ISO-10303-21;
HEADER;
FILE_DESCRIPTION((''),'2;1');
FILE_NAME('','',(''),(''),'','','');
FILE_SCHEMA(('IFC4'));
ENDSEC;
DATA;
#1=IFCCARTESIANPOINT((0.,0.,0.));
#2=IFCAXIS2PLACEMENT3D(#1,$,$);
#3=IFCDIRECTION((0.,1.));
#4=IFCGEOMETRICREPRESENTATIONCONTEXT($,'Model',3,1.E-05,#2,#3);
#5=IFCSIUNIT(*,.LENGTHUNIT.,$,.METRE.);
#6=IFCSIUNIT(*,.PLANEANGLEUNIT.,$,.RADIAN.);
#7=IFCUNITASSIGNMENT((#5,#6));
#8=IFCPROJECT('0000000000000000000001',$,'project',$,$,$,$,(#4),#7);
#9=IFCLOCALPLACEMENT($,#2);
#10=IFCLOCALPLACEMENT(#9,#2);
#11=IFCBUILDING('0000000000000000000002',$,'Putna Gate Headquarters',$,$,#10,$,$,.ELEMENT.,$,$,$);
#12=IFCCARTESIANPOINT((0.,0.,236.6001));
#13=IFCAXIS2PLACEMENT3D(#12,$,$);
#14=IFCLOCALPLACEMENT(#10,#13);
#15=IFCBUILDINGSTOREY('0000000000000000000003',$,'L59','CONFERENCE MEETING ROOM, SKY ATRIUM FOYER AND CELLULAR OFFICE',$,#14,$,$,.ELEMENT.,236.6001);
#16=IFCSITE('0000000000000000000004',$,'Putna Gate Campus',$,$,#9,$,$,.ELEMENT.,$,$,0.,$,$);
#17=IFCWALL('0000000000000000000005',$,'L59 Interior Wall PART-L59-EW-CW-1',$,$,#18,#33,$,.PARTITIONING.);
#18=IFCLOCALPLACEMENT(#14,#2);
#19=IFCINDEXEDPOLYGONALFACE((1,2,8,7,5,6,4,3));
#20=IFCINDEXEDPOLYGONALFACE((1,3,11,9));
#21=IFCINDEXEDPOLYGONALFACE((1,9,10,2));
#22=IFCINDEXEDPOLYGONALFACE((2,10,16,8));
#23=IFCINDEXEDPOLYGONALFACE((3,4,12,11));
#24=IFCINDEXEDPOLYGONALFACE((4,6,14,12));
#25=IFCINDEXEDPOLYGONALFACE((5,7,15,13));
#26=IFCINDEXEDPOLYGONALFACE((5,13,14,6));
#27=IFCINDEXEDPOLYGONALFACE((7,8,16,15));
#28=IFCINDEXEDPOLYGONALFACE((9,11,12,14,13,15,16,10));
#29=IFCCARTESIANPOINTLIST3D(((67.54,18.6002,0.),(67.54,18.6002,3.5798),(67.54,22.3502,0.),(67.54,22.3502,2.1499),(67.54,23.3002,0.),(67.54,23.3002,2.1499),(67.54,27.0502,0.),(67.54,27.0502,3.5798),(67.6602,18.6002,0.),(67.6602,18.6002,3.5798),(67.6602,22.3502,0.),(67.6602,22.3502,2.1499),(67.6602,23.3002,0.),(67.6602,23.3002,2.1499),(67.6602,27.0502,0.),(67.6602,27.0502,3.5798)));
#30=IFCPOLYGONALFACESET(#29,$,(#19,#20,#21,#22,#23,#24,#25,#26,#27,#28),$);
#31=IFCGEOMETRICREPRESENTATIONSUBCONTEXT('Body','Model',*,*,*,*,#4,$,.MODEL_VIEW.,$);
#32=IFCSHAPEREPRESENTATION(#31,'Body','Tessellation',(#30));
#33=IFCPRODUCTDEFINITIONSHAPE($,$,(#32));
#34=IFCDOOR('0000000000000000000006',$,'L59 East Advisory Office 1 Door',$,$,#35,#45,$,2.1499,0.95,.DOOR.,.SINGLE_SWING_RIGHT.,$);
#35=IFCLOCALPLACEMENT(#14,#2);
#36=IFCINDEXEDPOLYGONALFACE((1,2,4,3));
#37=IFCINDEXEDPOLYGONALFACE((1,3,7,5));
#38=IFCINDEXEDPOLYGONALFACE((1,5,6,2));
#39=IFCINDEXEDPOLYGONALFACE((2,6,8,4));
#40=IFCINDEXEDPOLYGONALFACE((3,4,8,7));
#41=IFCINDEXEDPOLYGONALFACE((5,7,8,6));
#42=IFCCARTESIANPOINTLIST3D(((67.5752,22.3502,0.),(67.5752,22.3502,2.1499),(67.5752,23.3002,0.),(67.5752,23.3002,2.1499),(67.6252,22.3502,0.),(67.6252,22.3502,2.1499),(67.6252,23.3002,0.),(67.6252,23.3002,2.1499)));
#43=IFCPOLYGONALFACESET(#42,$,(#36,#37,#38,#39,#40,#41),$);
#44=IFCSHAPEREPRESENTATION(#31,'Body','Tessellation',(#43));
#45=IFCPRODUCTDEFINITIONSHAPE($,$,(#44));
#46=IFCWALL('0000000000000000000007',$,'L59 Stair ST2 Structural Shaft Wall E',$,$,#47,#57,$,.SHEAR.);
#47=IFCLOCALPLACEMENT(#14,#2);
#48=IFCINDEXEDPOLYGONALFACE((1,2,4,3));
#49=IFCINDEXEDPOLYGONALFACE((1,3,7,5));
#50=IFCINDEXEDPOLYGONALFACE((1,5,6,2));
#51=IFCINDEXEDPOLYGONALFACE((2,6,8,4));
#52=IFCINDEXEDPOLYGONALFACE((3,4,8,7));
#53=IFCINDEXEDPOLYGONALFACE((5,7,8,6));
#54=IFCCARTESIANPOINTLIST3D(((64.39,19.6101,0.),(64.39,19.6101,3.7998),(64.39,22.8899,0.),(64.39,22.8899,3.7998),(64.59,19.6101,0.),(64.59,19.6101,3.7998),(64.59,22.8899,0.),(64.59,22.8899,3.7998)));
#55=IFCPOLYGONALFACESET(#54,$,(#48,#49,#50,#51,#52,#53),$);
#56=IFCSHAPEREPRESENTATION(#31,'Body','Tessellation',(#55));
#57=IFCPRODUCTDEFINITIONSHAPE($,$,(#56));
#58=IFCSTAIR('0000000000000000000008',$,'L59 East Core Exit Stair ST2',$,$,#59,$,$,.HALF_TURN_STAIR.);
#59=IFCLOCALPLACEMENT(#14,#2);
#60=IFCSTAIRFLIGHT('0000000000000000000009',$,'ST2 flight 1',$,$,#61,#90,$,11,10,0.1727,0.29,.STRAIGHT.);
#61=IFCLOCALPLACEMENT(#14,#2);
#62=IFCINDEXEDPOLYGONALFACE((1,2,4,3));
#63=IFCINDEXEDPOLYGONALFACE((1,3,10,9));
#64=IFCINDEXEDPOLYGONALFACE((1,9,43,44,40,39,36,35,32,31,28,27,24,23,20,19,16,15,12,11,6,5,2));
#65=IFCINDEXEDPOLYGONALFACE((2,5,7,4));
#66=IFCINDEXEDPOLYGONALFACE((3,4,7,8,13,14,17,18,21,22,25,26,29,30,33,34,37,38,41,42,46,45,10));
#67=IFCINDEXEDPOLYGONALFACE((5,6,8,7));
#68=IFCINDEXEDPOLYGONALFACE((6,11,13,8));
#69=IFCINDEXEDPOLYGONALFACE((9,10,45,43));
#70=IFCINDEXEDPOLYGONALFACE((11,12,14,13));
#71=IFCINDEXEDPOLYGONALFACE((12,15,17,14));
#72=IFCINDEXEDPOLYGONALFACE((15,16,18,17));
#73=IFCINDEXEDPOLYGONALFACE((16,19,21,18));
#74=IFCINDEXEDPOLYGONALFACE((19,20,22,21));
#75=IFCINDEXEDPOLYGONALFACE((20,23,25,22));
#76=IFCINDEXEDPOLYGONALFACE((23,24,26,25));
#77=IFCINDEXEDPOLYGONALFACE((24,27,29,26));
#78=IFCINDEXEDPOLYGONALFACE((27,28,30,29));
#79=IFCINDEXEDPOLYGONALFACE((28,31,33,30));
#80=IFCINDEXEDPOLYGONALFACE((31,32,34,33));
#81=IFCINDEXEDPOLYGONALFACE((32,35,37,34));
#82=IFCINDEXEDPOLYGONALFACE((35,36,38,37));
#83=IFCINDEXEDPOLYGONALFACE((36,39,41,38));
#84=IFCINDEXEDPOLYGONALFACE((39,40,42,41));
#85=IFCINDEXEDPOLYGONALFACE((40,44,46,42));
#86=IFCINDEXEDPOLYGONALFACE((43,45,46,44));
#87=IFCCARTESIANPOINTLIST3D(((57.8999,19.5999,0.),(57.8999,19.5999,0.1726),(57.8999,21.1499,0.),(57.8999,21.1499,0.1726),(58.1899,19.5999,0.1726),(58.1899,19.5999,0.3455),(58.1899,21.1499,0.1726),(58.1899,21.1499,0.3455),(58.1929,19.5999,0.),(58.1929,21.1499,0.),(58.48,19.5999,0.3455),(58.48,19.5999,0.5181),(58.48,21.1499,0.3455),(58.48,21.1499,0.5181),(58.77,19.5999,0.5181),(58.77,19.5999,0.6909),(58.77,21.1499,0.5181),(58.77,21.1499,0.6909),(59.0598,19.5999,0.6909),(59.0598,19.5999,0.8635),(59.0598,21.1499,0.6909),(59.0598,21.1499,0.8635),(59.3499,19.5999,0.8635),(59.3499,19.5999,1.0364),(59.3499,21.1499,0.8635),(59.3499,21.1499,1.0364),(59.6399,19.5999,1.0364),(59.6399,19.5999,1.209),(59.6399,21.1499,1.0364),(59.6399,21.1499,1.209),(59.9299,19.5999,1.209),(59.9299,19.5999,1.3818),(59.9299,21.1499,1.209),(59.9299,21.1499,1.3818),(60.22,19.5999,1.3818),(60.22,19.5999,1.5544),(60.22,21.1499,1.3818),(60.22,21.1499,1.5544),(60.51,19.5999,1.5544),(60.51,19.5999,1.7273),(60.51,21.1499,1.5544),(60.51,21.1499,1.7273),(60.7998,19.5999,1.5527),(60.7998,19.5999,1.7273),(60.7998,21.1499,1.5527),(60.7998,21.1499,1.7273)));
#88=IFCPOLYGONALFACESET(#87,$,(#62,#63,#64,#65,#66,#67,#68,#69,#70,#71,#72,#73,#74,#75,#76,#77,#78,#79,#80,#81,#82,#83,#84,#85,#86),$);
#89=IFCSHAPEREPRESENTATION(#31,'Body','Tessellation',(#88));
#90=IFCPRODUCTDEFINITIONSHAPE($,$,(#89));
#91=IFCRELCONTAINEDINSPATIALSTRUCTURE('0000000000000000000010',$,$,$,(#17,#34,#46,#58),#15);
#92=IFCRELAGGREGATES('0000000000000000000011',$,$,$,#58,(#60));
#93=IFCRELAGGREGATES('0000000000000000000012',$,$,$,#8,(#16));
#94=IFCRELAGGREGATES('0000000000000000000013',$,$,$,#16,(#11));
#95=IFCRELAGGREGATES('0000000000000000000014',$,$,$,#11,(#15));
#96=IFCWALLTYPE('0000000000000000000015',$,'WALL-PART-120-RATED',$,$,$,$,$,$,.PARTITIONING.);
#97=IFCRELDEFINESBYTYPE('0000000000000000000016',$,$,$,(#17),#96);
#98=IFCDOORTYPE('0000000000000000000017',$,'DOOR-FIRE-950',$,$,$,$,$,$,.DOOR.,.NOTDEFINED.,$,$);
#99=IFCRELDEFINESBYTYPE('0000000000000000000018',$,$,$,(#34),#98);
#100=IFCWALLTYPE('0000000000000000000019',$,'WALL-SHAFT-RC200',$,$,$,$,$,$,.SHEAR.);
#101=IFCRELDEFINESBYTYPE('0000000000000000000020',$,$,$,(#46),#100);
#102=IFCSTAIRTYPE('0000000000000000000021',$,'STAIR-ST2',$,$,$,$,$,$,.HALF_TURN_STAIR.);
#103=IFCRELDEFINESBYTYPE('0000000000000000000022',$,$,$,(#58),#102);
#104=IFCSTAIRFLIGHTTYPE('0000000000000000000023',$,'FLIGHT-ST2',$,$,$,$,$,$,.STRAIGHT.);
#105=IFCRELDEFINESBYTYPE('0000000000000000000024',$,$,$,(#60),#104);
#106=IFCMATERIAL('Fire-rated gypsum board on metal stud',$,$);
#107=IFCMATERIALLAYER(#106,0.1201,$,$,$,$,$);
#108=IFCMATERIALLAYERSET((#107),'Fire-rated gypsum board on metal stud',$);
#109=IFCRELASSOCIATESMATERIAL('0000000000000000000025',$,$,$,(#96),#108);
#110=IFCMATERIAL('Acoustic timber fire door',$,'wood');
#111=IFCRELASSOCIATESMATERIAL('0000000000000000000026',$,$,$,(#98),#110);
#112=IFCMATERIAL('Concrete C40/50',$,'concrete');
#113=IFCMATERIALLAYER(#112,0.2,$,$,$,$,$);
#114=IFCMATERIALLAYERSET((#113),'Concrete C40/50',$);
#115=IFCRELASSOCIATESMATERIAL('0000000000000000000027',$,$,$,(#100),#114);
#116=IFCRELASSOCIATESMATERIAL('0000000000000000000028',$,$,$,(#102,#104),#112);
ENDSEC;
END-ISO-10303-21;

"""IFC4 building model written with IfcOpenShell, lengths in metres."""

from ifc_helpers import new_model, si_unit, direction, frame, frame_2d, origin, place, context, subcontext, project, spatial, polyline, rectangle, outline, extrude, material, layer, layer_set, type_object, element, fill, aggregate, save


model = new_model("IFC4")

# Units and contexts
model_context = context("Model", 3, precision=1e-05, world=origin(), true_north=direction((0.0, 1.0)))
body_context = subcontext(model_context, "Body", "Model", "MODEL_VIEW")
ifc_project = project(units=[si_unit("LENGTHUNIT", "METRE"), si_unit("PLANEANGLEUNIT", "RADIAN")], contexts=[model_context])

# Site, building, storey
site_placement = place(None, origin())
site = spatial("IfcSite", under=ifc_project, at=site_placement, Name="Putna Gate Campus", CompositionType="ELEMENT", RefElevation=0.0)
building_placement = place(site_placement, origin())
building = spatial("IfcBuilding", under=site, at=building_placement, Name="Putna Gate Headquarters", CompositionType="ELEMENT")
storey_placement = place(building_placement, frame((0.0, 0.0, 236.6001)))
storey = spatial("IfcBuildingStorey", under=building, at=storey_placement, Name="L59", Description="CONFERENCE MEETING ROOM, SKY ATRIUM FOYER AND CELLULAR OFFICE", CompositionType="ELEMENT", Elevation=236.6001)

# Shared definitions
ifc_material_1 = material(Name="Fire-rated gypsum board on metal stud")
ifc_layer_1 = layer(ifc_material_1, 0.1201)
ifc_layer_set_1 = layer_set([ifc_layer_1], Name="Fire-rated gypsum board on metal stud")
wall_type_1 = type_object("IfcWallType", Name="WALL-PART-120-RATED", PredefinedType="PARTITIONING", material=ifc_layer_set_1)

# Shared definitions
ifc_material_2 = material(Name="Acoustic timber fire door", Category="wood")
door_type_1 = type_object("IfcDoorType", Name="DOOR-FIRE-950", OperationType="NOTDEFINED", PredefinedType="DOOR", material=ifc_material_2)

# Wall, opening, door
wall_1_placement = place(storey_placement, frame((67.6001, 18.6001, 0.0), z_axis=(0.0, 0.0, 1.0), x_axis=(0.0, 1.0, 0.0)))
wall_1 = element("IfcWall", 1, at=wall_1_placement, inside=storey, type_object=wall_type_1, Name="L59 Interior Wall PART-L59-EW-CW-1", PredefinedType="PARTITIONING", context=body_context, shape_type="SweptSolid", body=[
    extrude(rectangle(XDim=8.45, YDim=0.1201, at=frame_2d((4.2251, 0.0))), origin(), (0.0, 0.0, 1.0), 3.5798),
])
opening_1_placement = place(wall_1_placement, frame((3.75, 0.0, 0.0)))
opening_1 = element("IfcOpeningElement", 2, at=opening_1_placement, cuts=wall_1, PredefinedType="OPENING", context=body_context, shape_type="SweptSolid", body=[
    extrude(rectangle(XDim=0.95, YDim=2.1499, at=frame_2d((0.4751, 1.075))), frame((0.0, 0.0701, 0.0), z_axis=(0.0, -1.0, 0.0), x_axis=(1.0, 0.0, 0.0)), (0.0, 0.0, 1.0), 0.1401),
])
door_1_placement = place(opening_1_placement, origin())
door_1 = element("IfcDoor", 3, at=door_1_placement, inside=storey, type_object=door_type_1, Name="L59 East Advisory Office 1 Door", OperationType="SINGLE_SWING_RIGHT", OverallHeight=2.1499, OverallWidth=0.95, PredefinedType="DOOR", context=body_context, shape_type="SweptSolid", body=[
    extrude(rectangle(XDim=0.95, YDim=2.1499, at=frame_2d((0.4751, 1.075))), frame((0.0, 0.0249, 0.0), z_axis=(0.0, -1.0, 0.0), x_axis=(1.0, 0.0, 0.0)), (0.0, 0.0, 1.0), 0.05),
])
fill(opening_1, door_1)

# Wall
ifc_material_3 = material(Name="Concrete C40/50", Category="concrete")
ifc_layer_2 = layer(ifc_material_3, 0.2)
ifc_layer_set_2 = layer_set([ifc_layer_2], Name="Concrete C40/50")
wall_type_2 = type_object("IfcWallType", Name="WALL-SHAFT-RC200", PredefinedType="SHEAR", material=ifc_layer_set_2)
wall_2_placement = place(storey_placement, frame((64.49, 19.6101, 0.0), z_axis=(0.0, 0.0, 1.0), x_axis=(0.0, 1.0, 0.0)))
element("IfcWall", 4, at=wall_2_placement, inside=storey, type_object=wall_type_2, Name="L59 Stair ST2 Structural Shaft Wall E", PredefinedType="SHEAR", context=body_context, shape_type="SweptSolid", body=[
    extrude(rectangle(XDim=3.2798, YDim=0.2, at=frame_2d((1.6399, 0.0))), origin(), (0.0, 0.0, 1.0), 3.7998),
])

# Stair, stair flight
stair_type = type_object("IfcStairType", Name="STAIR-ST2", PredefinedType="HALF_TURN_STAIR", material=ifc_material_3)
stair_placement = place(storey_placement, origin())
stair = element("IfcStair", 5, at=stair_placement, inside=storey, type_object=stair_type, Name="L59 East Core Exit Stair ST2", PredefinedType="HALF_TURN_STAIR")
stair_flight_type = type_object("IfcStairFlightType", Name="FLIGHT-ST2", PredefinedType="STRAIGHT", material=ifc_material_3)
stair_flight_placement = place(storey_placement, frame((57.8999, 20.375, 0.0), z_axis=(0.0, 0.0, 1.0), x_axis=(1.0, 0.0, 0.0)))
stair_flight = element("IfcStairFlight", 6, at=stair_flight_placement, type_object=stair_flight_type, Name="ST2 flight 1", NumberOfRisers=11, NumberOfTreads=10, PredefinedType="STRAIGHT", RiserHeight=0.1727, TreadLength=0.29, context=body_context, shape_type="SweptSolid", body=[
    extrude(outline(polyline([(0.0, 0.0), (0.0, 0.1726), (0.29, 0.1726), (0.29, 0.3455), (0.5801, 0.3455), (0.5801, 0.5181), (0.8701, 0.5181), (0.8701, 0.6909), (1.1599, 0.6909), (1.1599, 0.8635), (1.45, 0.8635), (1.45, 1.0364), (1.74, 1.0364), (1.74, 1.209), (2.03, 1.209), (2.03, 1.3818), (2.3201, 1.3818), (2.3201, 1.5544), (2.6101, 1.5544), (2.6101, 1.7273), (2.8999, 1.7273), (2.8999, 1.8999), (2.8999, 1.5527), (0.293, 0.0), (0.0, 0.0)])), frame((0.0, 0.7749, 0.0), z_axis=(0.0, -1.0, 0.0), x_axis=(1.0, 0.0, 0.0)), (0.0, 0.0, 1.0), 1.55),
])
aggregate(stair, [stair_flight])

save(model, "model.ifc")
